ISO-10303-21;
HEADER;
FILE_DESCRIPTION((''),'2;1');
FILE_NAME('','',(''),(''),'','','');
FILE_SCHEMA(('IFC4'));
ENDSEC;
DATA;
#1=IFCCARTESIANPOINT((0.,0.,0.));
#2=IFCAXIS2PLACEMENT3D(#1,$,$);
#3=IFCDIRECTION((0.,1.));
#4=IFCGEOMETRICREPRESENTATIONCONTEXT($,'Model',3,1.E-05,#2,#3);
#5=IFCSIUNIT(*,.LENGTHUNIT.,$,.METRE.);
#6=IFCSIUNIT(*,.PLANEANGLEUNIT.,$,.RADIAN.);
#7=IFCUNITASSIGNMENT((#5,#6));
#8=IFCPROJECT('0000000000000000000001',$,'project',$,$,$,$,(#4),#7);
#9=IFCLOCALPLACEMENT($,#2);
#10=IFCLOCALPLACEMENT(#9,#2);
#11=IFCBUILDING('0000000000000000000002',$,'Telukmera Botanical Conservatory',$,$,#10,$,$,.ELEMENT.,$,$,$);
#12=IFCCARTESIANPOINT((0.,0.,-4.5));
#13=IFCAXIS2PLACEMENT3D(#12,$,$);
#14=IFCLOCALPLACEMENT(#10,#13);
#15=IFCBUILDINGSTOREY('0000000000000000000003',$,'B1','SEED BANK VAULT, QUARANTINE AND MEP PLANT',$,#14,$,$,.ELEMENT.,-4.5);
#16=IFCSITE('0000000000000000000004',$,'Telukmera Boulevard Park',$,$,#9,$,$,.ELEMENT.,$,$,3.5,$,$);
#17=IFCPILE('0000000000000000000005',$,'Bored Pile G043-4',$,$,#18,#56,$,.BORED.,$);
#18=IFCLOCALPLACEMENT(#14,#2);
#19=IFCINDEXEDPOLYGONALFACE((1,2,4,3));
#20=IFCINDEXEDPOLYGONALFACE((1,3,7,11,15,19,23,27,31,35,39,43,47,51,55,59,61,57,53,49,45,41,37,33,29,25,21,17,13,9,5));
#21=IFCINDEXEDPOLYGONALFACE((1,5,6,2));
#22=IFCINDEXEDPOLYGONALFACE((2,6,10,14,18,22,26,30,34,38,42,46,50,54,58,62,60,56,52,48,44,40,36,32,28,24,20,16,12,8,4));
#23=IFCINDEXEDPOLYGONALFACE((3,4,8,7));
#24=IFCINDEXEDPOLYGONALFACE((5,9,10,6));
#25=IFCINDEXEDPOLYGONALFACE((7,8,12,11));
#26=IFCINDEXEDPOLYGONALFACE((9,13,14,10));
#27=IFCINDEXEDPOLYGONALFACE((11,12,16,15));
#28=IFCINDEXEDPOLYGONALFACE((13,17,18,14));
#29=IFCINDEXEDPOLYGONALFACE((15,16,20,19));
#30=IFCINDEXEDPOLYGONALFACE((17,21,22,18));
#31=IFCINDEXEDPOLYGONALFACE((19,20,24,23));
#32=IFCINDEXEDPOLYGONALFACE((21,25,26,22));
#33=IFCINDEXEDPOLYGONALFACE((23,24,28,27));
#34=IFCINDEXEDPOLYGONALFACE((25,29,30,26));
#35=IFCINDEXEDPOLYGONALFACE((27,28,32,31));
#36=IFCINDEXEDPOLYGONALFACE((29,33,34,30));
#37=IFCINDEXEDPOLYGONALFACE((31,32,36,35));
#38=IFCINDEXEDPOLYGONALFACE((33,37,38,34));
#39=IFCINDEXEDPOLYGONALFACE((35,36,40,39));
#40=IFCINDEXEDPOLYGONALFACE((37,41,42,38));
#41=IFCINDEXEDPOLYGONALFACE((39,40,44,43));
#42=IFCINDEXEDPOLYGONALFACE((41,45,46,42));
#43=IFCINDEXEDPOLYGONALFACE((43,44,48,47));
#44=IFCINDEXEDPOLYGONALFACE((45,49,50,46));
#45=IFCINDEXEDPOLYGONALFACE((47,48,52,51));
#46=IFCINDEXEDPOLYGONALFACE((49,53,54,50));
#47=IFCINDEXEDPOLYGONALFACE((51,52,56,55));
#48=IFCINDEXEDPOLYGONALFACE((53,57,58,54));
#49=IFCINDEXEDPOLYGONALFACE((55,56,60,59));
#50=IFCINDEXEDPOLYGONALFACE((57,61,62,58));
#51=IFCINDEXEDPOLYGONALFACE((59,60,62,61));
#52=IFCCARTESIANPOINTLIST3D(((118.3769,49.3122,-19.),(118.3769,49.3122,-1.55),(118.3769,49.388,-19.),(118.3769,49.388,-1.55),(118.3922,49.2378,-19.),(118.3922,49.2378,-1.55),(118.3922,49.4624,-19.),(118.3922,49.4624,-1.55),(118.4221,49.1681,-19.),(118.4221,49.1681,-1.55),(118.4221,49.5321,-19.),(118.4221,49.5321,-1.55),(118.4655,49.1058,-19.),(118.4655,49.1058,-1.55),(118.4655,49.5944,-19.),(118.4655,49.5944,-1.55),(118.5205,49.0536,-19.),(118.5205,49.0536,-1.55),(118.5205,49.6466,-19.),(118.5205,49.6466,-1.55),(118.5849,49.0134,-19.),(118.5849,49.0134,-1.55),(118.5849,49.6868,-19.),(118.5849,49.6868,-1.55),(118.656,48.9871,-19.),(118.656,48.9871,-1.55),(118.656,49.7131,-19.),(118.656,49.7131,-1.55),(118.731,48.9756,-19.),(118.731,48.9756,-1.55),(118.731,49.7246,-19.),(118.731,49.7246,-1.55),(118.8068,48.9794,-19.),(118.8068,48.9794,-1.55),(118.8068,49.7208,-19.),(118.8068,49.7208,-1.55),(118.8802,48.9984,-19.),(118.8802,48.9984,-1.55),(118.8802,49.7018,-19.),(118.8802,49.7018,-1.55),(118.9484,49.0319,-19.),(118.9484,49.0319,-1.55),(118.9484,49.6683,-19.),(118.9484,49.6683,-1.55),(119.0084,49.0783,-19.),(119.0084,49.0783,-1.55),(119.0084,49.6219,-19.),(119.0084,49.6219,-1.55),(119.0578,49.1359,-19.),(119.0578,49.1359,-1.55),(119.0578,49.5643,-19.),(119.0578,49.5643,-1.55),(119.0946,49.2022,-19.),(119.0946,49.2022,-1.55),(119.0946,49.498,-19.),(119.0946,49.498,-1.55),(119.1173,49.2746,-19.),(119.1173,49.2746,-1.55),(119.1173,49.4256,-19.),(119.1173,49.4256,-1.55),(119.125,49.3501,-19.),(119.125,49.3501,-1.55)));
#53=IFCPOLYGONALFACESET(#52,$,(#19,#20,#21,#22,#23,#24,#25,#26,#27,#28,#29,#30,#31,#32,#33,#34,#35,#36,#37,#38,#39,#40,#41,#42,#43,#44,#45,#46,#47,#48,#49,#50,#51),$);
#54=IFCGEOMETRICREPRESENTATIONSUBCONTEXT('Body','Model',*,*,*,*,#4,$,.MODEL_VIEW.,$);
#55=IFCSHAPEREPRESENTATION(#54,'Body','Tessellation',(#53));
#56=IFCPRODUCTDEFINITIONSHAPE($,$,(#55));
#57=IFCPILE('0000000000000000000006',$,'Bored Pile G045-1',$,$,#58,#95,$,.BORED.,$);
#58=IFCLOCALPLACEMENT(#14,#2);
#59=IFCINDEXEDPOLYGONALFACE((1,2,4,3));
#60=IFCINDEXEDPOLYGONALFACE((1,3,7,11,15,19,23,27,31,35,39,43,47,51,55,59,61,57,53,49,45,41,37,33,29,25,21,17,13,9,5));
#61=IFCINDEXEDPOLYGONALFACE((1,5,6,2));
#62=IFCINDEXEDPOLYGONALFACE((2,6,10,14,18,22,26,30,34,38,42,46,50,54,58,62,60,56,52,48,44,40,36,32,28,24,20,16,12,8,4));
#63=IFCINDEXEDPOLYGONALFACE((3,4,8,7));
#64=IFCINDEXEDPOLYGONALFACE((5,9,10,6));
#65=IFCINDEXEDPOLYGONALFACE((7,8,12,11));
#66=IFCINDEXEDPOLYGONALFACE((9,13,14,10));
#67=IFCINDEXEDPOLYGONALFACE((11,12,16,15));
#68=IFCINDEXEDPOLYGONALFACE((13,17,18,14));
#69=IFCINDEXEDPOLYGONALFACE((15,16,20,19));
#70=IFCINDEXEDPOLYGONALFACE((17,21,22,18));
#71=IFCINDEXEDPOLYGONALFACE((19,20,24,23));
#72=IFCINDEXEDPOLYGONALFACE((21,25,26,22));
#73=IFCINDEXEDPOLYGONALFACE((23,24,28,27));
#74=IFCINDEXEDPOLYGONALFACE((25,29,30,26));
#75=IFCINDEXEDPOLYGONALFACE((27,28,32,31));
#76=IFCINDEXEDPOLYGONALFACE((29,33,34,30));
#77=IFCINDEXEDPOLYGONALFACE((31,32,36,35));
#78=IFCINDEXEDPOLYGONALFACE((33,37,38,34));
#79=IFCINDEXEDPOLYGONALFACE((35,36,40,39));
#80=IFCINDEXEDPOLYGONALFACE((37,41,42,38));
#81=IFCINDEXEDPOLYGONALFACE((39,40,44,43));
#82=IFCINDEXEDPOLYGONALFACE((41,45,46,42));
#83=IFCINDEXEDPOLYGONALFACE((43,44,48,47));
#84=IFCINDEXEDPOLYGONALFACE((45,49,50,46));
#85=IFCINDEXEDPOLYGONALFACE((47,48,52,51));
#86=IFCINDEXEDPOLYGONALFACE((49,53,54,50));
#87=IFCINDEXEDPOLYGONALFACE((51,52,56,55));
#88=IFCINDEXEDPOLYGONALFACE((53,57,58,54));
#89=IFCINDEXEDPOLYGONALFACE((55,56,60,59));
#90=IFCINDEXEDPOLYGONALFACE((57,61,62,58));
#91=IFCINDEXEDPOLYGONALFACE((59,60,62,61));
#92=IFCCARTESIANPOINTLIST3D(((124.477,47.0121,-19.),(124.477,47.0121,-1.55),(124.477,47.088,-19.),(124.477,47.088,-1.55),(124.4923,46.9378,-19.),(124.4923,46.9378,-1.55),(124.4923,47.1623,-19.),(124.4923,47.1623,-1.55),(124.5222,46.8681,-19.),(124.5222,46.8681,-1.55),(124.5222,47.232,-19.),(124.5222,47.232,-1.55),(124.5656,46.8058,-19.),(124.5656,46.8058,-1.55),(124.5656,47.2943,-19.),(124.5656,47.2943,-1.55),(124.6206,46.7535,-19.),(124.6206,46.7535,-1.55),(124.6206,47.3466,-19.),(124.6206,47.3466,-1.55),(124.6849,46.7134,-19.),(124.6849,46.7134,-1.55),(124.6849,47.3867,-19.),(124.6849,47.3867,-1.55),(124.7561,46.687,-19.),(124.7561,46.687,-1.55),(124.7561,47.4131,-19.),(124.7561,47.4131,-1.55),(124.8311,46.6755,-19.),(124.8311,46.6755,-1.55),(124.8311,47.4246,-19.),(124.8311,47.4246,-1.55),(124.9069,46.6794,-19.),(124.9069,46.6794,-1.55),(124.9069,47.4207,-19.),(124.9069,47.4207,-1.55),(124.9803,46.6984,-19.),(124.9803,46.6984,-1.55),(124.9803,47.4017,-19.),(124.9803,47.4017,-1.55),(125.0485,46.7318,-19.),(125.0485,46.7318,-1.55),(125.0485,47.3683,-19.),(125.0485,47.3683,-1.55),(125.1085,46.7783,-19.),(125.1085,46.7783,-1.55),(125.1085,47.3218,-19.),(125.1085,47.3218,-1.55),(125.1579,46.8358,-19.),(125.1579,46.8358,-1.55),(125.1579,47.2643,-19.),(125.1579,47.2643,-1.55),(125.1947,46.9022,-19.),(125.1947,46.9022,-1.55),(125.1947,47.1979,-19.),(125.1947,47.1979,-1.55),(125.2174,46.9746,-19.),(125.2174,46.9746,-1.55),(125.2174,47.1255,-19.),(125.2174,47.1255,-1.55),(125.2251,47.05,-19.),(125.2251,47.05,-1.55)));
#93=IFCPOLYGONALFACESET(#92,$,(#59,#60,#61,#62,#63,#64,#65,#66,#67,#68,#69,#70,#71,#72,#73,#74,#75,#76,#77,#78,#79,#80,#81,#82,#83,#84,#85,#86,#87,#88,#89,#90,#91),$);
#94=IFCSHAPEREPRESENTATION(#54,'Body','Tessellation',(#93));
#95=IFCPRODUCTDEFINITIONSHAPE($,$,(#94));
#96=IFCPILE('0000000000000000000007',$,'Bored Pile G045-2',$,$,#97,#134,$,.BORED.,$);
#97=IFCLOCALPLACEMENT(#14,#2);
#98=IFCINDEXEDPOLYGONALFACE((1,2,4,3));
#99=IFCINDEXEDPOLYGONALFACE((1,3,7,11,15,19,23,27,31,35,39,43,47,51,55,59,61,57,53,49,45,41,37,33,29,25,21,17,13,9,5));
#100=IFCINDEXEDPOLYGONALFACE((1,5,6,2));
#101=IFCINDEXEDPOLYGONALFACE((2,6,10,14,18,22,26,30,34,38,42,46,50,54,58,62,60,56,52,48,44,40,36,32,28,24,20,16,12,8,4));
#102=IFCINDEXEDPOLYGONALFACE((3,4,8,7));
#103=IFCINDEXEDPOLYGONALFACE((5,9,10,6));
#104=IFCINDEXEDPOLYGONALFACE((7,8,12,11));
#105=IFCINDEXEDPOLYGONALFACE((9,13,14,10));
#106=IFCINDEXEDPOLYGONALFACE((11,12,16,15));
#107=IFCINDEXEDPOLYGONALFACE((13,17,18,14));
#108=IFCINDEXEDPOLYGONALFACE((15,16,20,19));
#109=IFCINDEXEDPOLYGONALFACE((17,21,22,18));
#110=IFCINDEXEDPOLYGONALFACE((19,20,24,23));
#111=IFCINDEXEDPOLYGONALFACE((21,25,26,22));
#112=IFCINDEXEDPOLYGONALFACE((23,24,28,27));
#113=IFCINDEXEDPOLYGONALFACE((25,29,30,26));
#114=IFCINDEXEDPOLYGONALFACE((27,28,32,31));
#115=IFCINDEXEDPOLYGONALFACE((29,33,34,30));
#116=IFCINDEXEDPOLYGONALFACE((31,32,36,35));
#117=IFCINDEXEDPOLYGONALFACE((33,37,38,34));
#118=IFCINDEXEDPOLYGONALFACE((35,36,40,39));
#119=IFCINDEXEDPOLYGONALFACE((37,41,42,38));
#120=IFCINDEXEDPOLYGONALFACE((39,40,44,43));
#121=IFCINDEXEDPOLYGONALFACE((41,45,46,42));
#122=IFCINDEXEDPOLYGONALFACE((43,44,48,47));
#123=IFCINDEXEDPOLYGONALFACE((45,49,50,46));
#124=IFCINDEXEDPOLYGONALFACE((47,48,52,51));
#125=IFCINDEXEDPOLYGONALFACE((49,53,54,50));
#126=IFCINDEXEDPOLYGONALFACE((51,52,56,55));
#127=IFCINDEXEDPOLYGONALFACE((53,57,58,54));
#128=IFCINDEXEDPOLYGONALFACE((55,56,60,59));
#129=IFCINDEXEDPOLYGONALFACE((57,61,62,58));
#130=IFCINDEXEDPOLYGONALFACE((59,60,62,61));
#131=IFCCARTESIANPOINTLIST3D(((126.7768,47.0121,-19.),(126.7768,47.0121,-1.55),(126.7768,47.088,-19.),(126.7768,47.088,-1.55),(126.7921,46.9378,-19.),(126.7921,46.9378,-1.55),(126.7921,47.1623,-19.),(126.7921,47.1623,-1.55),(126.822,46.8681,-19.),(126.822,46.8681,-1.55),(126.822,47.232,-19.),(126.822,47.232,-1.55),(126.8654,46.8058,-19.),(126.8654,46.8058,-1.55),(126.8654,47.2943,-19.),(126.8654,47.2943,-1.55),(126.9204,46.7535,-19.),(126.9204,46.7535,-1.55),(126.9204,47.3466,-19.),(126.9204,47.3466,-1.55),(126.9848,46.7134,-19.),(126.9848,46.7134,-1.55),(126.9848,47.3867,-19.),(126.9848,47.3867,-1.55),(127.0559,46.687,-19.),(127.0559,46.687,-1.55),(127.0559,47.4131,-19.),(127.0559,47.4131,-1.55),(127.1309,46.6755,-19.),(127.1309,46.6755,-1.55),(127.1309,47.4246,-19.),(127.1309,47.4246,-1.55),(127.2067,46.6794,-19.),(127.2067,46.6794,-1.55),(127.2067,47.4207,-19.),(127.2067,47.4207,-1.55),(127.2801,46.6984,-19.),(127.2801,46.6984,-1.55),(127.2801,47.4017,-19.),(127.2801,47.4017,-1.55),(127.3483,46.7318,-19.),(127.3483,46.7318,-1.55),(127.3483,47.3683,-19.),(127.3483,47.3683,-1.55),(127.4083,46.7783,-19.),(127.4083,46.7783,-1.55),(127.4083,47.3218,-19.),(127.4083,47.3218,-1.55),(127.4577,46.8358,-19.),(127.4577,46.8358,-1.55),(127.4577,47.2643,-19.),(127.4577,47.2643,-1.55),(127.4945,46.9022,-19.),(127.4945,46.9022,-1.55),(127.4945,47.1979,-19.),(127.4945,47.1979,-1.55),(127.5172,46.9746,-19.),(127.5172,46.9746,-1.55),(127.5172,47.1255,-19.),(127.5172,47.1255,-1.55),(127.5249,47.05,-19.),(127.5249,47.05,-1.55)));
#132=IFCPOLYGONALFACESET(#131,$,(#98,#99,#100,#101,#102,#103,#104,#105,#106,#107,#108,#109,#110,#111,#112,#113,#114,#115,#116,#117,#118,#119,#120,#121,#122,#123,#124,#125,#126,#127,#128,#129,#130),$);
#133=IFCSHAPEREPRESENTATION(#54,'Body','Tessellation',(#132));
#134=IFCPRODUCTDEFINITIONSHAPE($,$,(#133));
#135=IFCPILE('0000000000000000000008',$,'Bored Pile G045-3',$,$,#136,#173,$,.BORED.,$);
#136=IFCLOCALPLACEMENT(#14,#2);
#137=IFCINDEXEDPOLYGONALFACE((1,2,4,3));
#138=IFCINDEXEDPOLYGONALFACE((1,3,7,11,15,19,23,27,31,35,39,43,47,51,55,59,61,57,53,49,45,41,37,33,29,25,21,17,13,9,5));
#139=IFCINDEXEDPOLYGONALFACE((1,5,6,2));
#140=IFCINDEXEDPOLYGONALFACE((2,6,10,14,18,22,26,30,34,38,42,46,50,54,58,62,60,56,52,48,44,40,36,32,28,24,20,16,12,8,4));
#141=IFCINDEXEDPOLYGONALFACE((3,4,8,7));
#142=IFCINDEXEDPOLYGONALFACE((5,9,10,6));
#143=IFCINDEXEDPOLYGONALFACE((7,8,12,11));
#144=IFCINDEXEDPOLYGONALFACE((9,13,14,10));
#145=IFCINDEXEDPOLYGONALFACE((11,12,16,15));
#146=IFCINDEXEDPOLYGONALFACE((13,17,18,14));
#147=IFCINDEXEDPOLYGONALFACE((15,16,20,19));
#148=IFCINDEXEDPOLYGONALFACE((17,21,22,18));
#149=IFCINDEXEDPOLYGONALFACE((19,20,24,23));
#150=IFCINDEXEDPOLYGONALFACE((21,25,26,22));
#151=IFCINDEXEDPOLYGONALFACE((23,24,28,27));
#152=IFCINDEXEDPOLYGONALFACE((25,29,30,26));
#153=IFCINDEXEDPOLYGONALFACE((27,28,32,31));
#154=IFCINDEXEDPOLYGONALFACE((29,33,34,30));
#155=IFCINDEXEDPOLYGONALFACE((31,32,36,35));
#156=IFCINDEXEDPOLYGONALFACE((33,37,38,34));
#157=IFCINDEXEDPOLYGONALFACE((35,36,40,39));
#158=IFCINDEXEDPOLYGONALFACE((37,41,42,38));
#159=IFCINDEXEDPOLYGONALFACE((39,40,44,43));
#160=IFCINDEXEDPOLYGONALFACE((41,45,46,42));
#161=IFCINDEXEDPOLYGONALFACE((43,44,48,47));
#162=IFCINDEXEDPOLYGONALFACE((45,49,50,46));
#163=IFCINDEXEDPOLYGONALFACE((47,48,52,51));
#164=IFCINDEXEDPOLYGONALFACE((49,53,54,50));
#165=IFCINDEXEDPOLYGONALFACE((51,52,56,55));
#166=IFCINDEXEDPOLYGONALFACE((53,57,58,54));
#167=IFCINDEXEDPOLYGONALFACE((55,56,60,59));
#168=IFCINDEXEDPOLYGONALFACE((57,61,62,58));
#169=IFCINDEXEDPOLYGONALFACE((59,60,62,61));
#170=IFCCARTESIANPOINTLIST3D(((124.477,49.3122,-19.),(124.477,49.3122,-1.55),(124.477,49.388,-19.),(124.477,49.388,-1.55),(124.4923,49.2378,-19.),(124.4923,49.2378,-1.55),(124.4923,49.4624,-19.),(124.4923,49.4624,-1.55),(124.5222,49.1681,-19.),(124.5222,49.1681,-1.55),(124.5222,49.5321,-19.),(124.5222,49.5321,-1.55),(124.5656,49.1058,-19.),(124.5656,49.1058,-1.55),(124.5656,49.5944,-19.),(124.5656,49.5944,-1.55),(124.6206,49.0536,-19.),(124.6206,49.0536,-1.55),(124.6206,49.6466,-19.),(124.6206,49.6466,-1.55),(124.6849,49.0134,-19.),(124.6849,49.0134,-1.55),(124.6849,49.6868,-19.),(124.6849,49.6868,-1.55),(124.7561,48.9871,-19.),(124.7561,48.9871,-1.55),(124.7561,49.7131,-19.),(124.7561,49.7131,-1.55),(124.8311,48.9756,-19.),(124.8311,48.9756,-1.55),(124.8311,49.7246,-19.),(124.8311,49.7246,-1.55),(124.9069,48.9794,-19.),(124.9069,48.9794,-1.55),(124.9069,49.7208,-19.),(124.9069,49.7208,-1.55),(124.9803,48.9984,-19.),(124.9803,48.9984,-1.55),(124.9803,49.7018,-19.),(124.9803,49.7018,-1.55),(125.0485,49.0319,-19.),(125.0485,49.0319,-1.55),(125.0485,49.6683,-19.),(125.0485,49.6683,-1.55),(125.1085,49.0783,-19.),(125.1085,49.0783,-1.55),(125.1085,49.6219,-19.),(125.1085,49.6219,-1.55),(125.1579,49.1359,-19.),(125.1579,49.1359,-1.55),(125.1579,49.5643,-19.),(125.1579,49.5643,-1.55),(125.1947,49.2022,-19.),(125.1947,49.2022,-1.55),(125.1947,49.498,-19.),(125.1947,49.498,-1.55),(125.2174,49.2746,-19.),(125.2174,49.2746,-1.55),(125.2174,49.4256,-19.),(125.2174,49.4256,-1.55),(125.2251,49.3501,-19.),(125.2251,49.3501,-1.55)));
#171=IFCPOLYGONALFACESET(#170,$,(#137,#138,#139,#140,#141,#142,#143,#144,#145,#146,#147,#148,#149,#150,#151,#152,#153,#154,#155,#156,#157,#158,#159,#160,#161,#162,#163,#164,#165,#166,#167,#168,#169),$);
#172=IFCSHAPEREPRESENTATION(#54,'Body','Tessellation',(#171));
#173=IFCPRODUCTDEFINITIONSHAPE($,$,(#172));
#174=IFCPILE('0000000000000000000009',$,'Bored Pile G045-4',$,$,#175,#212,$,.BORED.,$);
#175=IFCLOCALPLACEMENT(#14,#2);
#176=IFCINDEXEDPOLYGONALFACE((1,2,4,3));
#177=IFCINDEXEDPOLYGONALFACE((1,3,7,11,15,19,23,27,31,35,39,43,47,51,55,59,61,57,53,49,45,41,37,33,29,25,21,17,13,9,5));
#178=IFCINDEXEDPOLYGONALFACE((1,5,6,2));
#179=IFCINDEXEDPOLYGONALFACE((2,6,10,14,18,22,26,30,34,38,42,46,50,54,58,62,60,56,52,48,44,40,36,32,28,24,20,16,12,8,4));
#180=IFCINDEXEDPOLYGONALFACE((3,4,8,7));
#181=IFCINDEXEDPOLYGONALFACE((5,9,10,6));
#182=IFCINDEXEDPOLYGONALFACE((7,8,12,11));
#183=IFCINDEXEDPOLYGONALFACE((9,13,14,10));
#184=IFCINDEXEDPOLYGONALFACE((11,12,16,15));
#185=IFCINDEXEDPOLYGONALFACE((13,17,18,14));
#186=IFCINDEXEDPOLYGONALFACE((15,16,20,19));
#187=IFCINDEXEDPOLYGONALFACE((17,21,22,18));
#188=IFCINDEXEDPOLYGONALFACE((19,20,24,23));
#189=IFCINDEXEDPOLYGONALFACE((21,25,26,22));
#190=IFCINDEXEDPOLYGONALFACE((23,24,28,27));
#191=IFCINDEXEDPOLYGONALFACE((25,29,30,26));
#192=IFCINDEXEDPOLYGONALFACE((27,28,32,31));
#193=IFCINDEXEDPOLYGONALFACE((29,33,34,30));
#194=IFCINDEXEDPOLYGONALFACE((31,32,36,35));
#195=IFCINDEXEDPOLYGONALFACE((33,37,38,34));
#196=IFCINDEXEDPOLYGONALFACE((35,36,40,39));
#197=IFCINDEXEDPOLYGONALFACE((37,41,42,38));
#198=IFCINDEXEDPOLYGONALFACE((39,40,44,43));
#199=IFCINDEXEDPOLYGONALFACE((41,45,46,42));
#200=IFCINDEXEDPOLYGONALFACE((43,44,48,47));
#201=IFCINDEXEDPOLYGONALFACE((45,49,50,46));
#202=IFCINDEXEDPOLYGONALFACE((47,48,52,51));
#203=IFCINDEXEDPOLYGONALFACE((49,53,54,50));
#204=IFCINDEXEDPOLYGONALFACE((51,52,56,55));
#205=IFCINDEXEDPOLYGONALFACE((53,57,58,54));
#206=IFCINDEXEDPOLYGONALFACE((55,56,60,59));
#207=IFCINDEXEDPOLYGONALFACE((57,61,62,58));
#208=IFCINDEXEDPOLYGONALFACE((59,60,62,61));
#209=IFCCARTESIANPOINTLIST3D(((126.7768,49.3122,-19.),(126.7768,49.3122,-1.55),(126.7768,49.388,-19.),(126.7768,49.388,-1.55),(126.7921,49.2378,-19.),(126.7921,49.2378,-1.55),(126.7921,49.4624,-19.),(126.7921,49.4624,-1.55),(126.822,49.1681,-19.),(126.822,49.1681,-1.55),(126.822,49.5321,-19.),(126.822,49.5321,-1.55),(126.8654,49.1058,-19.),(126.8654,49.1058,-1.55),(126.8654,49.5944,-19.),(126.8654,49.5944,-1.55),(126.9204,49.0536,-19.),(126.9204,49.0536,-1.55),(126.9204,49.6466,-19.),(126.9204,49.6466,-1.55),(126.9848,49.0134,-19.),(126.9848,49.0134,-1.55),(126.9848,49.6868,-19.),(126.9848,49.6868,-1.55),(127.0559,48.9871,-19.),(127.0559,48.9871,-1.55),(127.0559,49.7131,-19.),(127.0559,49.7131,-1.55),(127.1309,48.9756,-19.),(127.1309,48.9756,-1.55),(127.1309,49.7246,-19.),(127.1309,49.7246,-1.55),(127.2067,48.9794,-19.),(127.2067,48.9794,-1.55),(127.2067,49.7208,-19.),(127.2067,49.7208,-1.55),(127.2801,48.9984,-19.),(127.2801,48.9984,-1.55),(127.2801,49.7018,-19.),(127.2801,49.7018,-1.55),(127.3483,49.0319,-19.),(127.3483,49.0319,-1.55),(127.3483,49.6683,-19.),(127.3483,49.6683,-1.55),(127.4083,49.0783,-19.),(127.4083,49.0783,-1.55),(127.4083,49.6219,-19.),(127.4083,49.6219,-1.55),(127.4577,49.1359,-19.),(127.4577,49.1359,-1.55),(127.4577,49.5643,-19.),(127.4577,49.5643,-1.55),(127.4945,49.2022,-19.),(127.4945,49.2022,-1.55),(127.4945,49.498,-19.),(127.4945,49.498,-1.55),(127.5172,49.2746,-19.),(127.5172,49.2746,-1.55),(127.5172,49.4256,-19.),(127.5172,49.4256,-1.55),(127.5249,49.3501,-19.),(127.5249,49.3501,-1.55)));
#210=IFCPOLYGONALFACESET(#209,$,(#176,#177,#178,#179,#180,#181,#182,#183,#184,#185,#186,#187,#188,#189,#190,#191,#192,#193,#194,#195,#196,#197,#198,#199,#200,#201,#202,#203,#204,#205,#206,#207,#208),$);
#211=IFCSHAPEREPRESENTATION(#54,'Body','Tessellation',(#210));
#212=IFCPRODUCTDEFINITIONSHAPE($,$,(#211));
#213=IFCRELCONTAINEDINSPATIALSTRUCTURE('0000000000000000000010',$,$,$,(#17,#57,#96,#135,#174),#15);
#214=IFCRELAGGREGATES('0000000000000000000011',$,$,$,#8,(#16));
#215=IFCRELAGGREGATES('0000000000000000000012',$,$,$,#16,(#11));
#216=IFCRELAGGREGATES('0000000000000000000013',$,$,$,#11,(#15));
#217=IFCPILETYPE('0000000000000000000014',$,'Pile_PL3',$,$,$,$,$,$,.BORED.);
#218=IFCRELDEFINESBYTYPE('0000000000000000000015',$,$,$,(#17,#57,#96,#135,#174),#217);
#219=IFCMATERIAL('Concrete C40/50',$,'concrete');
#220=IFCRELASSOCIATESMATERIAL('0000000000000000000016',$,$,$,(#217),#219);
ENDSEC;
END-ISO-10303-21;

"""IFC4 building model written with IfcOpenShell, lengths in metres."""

from ifc_helpers import new_model, si_unit, direction, frame, origin, origin_2d, place, context, subcontext, project, spatial, circle, extrude, material, material_profile, profile_set, type_object, element, save


model = new_model("IFC4")

# Units and contexts
model_context = context("Model", 3, precision=1e-05, world=origin(), true_north=direction((0.0, 1.0)))
body_context = subcontext(model_context, "Body", "Model", "MODEL_VIEW")
ifc_project = project(units=[si_unit("LENGTHUNIT", "METRE"), si_unit("PLANEANGLEUNIT", "RADIAN")], contexts=[model_context])

# Site, building, storey
site_placement = place(None, origin())
site = spatial("IfcSite", under=ifc_project, at=site_placement, Name="Telukmera Boulevard Park", CompositionType="ELEMENT", RefElevation=3.5)
building_placement = place(site_placement, origin())
building = spatial("IfcBuilding", under=site, at=building_placement, Name="Telukmera Botanical Conservatory", CompositionType="ELEMENT")
storey_placement = place(building_placement, frame((0.0, 0.0, -4.5)))
storey = spatial("IfcBuildingStorey", under=building, at=storey_placement, Name="B1", Description="SEED BANK VAULT, QUARANTINE AND MEP PLANT", CompositionType="ELEMENT", Elevation=-4.5)

# Shared definitions
ifc_material_1 = material(Name="Concrete C40/50", Category="concrete")

# Piles
ifc_material_profile_1 = material_profile(ifc_material_1, circle(Radius=0.375, at=origin_2d()), Name="PILE D750")
ifc_profile_set_1 = profile_set([ifc_material_profile_1], Name="Concrete C40/50")
pile_type = type_object("IfcPileType", Name="Pile_PL3", PredefinedType="BORED", material=ifc_profile_set_1)
for number, where, z_axis, x_axis, name in (
    (1, (118.75, 49.3501, -1.55), (0.0, 0.0, -1.0), (1.0, 0.0, 0.0), "Bored Pile G043-4"),
    (2, (124.8501, 47.05, -1.55), (0.0, 0.0, -1.0), (1.0, 0.0, 0.0), "Bored Pile G045-1"),
    (3, (127.1499, 47.05, -1.55), (0.0, 0.0, -1.0), (1.0, 0.0, 0.0), "Bored Pile G045-2"),
    (4, (124.8501, 49.3501, -1.55), (0.0, 0.0, -1.0), (1.0, 0.0, 0.0), "Bored Pile G045-3"),
    (5, (127.1499, 49.3501, -1.55), (0.0, 0.0, -1.0), (1.0, 0.0, 0.0), "Bored Pile G045-4"),
):
    element("IfcPile", number, at=place(storey_placement, frame(where, z_axis=z_axis, x_axis=x_axis)), inside=storey, type_object=pile_type, Name=name, PredefinedType="BORED", context=body_context, shape_type="SweptSolid", body=[
        extrude(circle(Radius=0.375, at=origin_2d()), origin(), (0.0, 0.0, 1.0), 17.45),
    ])

save(model, "model.ifc")
